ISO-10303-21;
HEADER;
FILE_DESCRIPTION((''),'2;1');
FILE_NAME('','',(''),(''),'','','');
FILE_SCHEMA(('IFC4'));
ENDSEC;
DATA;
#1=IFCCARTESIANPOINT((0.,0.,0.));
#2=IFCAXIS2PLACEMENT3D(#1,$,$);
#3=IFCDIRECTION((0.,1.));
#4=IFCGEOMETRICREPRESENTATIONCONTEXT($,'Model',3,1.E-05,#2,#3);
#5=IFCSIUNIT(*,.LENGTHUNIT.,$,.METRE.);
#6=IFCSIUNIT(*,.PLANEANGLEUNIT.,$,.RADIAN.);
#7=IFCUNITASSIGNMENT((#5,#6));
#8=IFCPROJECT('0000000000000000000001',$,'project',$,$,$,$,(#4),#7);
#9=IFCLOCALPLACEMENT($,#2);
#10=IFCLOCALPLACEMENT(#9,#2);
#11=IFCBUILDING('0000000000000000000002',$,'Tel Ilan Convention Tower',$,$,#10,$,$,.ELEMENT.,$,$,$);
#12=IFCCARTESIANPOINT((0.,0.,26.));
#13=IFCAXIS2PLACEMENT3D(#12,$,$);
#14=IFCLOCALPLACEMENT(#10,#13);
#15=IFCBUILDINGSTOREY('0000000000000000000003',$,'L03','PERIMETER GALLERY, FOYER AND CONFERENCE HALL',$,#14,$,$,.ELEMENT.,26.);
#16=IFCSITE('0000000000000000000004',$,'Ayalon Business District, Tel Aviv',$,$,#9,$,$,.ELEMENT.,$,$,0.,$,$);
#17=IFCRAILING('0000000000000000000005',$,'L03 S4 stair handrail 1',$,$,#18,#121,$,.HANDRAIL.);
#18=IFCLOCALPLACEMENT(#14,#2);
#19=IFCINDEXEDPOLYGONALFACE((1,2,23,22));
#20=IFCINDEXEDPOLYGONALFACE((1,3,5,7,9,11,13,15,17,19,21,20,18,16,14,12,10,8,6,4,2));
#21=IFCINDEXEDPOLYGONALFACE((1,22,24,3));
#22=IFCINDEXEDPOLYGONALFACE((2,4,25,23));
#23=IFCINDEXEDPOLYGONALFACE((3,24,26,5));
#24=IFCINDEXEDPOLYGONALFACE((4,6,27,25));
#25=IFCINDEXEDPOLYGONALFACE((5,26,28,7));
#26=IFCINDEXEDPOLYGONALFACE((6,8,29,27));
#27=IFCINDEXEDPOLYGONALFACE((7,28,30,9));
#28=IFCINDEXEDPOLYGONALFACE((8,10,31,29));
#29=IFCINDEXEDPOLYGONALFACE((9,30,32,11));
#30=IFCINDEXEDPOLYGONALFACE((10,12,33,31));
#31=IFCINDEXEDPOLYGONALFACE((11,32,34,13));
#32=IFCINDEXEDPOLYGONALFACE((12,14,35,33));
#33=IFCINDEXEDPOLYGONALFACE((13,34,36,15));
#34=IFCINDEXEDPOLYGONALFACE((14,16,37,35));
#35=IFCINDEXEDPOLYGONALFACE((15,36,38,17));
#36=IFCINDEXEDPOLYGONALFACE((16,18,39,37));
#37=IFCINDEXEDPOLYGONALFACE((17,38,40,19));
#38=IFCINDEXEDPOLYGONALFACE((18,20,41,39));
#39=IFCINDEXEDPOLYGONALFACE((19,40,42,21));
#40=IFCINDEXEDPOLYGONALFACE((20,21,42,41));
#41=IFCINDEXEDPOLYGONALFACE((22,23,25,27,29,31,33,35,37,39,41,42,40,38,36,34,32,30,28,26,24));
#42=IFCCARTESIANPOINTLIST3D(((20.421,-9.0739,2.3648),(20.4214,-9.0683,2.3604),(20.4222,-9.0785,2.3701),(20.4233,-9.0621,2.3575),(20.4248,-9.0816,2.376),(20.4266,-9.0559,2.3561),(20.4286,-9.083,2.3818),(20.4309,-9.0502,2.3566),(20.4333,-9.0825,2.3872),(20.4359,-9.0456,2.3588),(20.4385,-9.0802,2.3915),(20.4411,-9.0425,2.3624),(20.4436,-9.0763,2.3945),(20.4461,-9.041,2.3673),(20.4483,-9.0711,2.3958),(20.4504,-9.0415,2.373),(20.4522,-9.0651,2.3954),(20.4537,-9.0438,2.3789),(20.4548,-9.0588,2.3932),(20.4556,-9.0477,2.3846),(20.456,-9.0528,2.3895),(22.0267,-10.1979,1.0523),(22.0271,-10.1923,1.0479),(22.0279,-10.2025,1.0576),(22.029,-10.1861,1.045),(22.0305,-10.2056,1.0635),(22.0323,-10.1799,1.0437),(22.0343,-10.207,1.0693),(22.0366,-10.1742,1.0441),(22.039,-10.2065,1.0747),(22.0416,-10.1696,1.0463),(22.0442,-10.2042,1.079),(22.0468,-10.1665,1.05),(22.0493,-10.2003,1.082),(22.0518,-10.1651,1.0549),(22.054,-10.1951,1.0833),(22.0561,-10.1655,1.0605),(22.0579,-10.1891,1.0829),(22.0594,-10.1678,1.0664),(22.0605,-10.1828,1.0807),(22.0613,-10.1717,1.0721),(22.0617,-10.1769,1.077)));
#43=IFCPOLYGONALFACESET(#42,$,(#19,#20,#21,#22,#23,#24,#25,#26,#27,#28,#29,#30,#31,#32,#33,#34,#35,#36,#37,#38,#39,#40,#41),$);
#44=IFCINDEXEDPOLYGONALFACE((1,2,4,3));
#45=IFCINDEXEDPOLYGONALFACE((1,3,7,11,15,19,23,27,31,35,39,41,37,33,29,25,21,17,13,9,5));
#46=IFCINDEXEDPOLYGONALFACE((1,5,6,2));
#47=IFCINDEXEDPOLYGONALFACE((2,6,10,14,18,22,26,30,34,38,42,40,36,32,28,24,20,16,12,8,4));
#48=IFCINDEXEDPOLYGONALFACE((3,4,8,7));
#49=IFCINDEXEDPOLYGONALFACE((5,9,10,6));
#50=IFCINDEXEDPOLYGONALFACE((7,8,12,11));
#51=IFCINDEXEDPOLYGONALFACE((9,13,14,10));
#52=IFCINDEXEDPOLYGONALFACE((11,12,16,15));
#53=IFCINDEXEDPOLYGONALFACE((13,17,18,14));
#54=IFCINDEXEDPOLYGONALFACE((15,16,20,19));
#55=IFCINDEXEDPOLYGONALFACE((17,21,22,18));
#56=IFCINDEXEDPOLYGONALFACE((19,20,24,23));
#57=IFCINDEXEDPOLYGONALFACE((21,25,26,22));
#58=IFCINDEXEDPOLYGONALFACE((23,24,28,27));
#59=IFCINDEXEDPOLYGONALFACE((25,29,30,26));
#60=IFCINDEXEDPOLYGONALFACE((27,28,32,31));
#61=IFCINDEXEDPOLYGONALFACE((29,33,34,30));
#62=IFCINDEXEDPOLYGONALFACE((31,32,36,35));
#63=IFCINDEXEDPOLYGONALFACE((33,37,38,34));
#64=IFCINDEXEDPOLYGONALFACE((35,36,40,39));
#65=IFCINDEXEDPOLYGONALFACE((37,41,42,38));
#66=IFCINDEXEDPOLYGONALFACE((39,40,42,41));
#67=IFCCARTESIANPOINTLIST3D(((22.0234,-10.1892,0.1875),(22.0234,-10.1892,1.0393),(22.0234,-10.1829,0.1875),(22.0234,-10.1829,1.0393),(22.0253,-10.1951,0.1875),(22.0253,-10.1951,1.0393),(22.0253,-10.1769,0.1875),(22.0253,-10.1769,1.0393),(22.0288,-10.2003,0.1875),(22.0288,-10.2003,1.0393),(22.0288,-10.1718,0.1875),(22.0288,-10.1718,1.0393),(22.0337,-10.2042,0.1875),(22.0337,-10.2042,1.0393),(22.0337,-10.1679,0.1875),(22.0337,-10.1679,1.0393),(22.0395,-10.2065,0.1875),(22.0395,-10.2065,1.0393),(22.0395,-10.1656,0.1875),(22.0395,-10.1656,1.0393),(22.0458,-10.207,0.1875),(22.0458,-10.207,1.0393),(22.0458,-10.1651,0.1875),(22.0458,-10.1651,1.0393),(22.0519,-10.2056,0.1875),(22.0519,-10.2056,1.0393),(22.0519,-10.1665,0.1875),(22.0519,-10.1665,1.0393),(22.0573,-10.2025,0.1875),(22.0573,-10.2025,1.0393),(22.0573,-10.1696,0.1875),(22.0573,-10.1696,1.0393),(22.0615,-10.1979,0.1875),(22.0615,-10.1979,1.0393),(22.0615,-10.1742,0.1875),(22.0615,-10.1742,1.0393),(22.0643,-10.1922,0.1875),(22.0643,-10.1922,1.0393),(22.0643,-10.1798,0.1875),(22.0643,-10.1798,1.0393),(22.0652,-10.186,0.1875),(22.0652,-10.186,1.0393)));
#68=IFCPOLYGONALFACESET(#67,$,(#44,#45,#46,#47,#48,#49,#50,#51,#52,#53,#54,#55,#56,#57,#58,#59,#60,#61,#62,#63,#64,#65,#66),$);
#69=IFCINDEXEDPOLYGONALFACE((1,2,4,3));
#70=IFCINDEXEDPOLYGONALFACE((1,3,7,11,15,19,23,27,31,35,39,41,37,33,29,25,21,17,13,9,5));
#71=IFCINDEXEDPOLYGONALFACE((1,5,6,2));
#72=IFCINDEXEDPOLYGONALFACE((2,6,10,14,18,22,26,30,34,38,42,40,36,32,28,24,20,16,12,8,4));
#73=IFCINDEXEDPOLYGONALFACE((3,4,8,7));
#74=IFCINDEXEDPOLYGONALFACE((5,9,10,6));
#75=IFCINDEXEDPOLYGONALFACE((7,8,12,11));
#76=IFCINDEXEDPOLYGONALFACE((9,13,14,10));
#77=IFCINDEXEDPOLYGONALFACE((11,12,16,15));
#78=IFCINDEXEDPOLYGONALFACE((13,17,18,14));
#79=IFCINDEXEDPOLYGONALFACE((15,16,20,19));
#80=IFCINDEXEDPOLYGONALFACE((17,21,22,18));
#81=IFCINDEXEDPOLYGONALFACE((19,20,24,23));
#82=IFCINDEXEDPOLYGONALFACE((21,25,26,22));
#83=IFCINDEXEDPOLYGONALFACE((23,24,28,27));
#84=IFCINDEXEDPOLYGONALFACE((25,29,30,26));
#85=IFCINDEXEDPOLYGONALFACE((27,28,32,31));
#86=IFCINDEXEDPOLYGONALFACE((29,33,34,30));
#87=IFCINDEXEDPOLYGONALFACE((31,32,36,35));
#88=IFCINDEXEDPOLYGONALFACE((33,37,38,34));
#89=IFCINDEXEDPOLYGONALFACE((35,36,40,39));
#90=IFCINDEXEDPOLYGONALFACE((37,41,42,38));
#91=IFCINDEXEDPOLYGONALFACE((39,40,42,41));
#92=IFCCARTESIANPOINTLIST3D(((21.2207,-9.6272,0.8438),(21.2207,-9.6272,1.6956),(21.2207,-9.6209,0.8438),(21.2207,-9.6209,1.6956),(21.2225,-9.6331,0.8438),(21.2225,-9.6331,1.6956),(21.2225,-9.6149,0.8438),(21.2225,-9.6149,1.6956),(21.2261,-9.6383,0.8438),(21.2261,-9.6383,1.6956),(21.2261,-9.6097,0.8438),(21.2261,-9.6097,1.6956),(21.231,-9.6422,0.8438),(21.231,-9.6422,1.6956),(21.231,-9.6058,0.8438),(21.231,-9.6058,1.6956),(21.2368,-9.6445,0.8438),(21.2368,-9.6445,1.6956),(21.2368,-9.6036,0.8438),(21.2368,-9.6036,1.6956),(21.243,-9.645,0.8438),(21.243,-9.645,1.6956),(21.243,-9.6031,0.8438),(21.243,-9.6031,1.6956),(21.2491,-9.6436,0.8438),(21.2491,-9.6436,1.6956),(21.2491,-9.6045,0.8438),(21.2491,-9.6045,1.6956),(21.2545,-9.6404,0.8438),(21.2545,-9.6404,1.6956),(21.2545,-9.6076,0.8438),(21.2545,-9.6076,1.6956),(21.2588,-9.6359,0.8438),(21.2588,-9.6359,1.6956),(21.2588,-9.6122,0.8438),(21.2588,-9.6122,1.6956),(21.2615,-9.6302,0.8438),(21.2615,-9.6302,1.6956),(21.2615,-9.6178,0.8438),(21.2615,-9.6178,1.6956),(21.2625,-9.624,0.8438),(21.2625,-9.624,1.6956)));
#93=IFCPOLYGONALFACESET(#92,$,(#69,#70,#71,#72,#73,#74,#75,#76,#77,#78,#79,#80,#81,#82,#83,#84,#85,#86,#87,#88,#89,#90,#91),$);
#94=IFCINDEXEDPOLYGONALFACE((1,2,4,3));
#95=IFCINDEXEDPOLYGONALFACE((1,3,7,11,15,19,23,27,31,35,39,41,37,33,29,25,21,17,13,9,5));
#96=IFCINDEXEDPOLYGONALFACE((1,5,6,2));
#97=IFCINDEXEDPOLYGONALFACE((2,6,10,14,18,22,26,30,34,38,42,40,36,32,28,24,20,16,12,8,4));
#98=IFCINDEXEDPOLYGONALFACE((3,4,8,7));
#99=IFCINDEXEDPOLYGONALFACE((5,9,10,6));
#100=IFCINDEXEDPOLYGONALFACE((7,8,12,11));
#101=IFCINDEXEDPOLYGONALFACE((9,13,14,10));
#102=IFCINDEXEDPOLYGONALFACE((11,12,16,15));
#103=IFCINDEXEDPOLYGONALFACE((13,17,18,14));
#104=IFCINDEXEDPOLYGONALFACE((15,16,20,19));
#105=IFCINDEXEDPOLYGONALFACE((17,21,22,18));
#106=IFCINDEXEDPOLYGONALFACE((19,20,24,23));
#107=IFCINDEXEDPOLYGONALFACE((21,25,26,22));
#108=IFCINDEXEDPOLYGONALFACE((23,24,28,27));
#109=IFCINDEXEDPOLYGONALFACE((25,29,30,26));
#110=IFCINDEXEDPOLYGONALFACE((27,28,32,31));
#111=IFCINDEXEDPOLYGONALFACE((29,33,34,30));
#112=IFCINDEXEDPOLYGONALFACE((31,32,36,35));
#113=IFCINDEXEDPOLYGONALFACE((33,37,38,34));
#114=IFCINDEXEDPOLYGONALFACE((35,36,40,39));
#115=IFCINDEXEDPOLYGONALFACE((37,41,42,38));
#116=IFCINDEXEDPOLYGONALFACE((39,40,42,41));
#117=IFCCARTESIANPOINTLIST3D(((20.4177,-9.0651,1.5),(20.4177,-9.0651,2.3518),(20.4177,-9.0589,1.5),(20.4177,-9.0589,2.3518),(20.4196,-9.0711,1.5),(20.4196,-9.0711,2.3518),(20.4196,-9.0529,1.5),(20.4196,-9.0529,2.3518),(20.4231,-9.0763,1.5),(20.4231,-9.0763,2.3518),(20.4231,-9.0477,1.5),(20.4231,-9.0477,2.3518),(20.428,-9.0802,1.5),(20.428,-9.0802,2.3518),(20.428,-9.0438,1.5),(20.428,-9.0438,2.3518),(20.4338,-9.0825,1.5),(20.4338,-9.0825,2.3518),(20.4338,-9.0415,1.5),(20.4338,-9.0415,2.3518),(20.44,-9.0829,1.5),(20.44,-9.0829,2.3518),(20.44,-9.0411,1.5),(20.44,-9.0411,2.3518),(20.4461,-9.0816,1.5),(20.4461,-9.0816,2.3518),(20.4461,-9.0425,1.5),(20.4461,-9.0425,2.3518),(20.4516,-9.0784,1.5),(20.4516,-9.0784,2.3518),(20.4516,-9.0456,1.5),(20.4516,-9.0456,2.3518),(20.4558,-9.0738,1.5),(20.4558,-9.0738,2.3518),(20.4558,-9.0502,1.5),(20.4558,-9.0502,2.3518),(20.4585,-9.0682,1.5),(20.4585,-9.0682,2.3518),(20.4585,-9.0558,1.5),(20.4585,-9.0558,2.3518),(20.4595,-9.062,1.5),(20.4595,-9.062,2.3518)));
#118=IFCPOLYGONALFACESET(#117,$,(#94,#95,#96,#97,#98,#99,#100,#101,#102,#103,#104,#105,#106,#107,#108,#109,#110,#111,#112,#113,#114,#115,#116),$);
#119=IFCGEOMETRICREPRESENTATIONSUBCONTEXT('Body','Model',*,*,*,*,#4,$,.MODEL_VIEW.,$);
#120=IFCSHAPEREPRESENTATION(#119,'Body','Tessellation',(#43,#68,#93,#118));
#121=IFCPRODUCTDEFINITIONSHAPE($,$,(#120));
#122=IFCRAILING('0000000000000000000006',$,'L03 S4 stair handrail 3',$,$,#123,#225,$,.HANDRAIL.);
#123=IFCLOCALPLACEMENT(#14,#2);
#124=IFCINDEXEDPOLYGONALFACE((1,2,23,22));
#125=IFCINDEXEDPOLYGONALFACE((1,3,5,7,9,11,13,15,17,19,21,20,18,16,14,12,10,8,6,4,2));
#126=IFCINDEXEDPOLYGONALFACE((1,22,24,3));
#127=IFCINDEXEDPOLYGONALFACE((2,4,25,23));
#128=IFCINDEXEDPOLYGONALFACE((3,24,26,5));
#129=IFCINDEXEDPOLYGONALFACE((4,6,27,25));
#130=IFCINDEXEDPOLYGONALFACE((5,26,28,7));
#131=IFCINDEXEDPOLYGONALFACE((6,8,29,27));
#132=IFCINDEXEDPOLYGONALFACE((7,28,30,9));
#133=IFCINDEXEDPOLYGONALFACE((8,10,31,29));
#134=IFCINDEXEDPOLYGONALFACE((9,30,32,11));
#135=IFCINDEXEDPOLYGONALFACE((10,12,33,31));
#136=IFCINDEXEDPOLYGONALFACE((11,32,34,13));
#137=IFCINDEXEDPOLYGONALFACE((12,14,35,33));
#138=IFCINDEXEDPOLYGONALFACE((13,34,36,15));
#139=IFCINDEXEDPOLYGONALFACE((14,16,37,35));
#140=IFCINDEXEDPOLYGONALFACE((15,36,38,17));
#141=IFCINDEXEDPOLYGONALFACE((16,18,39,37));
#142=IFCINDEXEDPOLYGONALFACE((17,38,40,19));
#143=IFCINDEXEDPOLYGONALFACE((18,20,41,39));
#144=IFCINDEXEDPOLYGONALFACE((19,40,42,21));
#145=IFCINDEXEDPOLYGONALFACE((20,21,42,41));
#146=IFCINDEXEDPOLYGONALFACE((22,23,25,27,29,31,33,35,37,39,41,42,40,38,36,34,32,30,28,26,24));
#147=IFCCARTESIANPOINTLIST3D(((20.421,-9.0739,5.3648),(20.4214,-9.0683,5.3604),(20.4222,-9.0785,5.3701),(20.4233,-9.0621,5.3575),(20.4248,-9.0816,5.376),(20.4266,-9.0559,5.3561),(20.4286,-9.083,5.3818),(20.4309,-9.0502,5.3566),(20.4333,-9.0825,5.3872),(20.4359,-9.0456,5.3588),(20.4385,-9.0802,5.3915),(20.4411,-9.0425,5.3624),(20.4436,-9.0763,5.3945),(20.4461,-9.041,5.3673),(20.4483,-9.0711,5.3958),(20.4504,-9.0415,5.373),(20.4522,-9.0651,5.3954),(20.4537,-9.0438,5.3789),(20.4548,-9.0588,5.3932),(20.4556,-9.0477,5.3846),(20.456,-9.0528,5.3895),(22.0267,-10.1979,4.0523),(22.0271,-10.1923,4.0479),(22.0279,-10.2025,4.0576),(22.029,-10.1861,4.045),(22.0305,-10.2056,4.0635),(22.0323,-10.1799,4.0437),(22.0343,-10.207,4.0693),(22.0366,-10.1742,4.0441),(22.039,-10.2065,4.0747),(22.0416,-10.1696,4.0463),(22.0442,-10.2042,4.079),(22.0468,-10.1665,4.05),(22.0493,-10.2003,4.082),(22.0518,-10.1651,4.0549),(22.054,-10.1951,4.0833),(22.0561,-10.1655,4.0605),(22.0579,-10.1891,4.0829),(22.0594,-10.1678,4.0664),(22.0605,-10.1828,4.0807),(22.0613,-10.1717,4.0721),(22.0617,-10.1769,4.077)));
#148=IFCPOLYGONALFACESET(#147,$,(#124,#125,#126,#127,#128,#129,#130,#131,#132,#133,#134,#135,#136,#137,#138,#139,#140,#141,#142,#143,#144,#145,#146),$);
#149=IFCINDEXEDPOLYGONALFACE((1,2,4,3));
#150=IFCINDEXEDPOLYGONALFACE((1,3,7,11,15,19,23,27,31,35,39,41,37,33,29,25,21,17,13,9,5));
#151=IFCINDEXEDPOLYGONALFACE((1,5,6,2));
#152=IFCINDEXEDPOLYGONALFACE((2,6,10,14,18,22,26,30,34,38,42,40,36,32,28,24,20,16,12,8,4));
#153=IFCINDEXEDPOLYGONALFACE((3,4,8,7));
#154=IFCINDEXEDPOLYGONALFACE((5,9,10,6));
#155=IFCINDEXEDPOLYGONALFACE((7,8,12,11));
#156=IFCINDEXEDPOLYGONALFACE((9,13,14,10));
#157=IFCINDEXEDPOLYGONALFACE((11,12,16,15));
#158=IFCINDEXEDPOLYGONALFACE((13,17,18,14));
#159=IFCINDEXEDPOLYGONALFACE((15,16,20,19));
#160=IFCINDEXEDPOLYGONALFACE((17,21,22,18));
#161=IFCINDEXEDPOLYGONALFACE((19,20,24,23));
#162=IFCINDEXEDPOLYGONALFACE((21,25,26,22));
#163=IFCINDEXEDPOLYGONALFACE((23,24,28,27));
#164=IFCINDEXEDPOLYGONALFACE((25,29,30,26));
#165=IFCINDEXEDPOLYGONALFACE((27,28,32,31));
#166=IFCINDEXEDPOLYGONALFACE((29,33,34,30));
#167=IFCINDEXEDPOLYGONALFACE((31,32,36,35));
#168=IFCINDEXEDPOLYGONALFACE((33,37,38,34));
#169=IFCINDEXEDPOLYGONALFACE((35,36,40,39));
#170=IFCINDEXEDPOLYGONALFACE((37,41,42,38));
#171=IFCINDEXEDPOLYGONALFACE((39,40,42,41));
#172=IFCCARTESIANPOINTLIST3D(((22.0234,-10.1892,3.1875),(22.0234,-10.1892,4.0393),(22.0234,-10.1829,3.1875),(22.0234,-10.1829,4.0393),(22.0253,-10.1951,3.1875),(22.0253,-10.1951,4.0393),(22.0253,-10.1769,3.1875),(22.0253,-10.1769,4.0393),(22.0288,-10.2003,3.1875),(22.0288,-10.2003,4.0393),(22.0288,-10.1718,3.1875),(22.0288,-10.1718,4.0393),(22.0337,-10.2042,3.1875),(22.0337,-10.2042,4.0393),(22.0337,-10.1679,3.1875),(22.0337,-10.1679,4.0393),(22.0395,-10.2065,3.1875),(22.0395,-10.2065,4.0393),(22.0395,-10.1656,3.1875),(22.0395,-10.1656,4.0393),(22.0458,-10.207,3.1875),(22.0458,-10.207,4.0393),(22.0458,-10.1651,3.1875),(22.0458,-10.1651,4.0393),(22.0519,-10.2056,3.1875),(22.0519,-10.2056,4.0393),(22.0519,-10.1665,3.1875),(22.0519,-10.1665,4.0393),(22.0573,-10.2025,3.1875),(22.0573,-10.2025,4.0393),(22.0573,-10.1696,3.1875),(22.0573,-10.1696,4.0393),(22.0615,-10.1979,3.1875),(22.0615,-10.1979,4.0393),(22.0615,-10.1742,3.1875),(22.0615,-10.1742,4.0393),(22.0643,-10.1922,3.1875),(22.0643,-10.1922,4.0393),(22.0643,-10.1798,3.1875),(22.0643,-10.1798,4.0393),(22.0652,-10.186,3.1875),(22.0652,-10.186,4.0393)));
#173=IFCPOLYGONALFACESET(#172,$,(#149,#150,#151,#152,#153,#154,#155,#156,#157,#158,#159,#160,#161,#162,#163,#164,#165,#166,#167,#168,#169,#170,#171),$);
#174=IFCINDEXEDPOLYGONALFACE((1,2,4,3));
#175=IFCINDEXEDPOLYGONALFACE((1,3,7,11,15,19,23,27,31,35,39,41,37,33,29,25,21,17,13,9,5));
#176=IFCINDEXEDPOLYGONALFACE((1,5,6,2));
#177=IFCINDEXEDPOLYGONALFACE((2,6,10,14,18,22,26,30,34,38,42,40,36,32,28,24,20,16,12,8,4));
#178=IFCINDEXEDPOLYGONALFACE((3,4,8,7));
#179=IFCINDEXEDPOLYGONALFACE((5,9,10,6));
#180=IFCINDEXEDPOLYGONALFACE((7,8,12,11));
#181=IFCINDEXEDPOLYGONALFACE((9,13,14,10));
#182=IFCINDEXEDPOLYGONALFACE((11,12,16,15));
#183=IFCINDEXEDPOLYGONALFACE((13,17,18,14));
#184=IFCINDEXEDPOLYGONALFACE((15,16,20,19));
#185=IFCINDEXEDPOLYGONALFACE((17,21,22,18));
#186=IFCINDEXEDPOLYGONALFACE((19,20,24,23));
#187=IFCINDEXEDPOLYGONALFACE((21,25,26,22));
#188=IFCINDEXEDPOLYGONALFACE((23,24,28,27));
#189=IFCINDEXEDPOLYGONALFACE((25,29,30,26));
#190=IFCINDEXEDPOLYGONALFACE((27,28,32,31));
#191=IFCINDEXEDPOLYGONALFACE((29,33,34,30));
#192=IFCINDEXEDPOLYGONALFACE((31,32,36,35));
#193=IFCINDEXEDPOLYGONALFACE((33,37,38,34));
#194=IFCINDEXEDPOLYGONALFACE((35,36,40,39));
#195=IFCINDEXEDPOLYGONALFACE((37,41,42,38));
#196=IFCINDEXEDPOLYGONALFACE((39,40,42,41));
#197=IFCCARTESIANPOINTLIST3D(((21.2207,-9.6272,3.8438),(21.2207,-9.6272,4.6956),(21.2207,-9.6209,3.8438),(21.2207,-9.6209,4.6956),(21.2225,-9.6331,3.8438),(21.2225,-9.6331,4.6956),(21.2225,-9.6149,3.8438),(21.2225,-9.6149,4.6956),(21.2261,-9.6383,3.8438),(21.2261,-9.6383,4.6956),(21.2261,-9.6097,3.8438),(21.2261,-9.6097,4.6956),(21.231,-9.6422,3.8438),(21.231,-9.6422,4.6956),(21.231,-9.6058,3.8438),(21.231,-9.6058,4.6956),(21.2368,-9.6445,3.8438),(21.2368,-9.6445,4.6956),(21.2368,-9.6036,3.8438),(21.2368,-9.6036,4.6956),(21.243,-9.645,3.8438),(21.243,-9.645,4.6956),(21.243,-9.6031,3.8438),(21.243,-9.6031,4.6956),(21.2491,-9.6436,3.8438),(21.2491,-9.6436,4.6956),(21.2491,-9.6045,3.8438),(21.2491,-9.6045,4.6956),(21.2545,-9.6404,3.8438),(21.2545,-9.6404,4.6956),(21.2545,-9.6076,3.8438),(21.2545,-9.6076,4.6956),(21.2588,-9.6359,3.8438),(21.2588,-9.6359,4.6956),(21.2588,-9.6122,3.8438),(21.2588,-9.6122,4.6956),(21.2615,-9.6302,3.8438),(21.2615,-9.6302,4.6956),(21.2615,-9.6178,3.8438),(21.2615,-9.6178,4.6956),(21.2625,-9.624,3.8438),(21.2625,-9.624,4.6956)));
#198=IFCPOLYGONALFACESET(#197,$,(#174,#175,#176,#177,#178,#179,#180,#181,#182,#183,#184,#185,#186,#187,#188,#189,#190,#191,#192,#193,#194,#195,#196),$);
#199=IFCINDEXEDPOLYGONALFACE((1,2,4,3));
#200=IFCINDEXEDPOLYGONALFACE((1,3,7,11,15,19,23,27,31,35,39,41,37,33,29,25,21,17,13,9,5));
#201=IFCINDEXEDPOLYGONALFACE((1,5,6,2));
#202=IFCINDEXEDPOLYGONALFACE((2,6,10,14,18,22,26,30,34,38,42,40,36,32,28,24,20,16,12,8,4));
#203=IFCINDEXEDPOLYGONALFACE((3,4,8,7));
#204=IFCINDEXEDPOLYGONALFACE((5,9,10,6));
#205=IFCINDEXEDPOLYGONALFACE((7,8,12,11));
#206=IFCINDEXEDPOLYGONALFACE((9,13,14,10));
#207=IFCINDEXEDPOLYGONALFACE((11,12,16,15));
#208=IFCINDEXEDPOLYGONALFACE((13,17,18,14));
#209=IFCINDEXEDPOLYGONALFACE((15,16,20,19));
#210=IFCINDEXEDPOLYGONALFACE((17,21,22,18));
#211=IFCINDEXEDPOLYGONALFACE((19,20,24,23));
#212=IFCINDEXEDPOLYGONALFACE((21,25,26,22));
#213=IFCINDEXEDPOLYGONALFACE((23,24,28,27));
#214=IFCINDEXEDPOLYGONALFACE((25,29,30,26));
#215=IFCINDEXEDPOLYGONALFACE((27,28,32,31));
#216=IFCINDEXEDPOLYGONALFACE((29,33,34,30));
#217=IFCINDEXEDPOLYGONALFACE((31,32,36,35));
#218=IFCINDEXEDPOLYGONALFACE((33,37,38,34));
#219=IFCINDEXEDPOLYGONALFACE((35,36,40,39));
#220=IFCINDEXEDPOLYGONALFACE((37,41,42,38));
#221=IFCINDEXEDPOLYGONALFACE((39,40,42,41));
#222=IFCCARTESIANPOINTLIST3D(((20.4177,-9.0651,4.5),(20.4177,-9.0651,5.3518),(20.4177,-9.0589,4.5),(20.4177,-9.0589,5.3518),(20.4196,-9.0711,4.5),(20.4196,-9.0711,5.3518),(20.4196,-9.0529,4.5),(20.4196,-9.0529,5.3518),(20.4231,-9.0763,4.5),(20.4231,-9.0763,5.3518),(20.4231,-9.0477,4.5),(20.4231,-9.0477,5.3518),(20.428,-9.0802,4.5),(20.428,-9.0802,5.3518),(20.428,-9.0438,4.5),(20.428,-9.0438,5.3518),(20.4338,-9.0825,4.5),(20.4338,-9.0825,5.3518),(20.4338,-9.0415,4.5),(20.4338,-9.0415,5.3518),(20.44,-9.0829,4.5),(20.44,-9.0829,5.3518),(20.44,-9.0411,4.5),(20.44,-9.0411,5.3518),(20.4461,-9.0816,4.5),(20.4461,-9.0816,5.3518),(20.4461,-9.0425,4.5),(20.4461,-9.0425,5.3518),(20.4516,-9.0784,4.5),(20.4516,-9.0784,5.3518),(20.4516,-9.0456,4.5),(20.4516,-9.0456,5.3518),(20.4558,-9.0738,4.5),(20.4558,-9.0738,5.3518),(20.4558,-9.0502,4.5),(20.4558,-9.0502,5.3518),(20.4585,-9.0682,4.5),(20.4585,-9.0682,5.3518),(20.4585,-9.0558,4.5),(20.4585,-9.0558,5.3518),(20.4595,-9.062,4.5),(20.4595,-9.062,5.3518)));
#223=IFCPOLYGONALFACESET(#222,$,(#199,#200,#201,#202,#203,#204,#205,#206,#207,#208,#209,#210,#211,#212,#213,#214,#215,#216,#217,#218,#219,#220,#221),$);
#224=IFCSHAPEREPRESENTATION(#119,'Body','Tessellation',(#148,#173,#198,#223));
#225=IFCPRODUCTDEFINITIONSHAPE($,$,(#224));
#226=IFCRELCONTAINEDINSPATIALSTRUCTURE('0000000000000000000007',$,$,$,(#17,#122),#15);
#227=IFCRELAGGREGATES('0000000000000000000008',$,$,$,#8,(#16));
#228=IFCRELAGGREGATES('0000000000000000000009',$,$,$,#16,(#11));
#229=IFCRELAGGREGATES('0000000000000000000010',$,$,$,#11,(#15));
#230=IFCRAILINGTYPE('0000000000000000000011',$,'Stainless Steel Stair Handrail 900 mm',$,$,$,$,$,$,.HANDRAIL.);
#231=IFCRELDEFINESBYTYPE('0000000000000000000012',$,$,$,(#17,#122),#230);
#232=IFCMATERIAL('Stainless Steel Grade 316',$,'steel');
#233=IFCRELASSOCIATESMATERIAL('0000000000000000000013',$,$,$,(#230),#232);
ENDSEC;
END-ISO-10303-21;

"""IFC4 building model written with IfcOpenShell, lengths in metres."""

from ifc_helpers import new_model, si_unit, direction, frame, origin, origin_2d, place, context, subcontext, project, spatial, circle, extrude, material, type_object, element, save


model = new_model("IFC4")

# Units and contexts
model_context = context("Model", 3, precision=1e-05, world=origin(), true_north=direction((0.0, 1.0)))
body_context = subcontext(model_context, "Body", "Model", "MODEL_VIEW")
ifc_project = project(units=[si_unit("LENGTHUNIT", "METRE"), si_unit("PLANEANGLEUNIT", "RADIAN")], contexts=[model_context])

# Site, building, storey
site_placement = place(None, origin())
site = spatial("IfcSite", under=ifc_project, at=site_placement, Name="Ayalon Business District, Tel Aviv", CompositionType="ELEMENT", RefElevation=0.0)
building_placement = place(site_placement, origin())
building = spatial("IfcBuilding", under=site, at=building_placement, Name="Tel Ilan Convention Tower", CompositionType="ELEMENT")
storey_placement = place(building_placement, frame((0.0, 0.0, 26.0)))
storey = spatial("IfcBuildingStorey", under=building, at=storey_placement, Name="L03", Description="PERIMETER GALLERY, FOYER AND CONFERENCE HALL", CompositionType="ELEMENT", Elevation=26.0)

# Railings
ifc_material_1 = material(Name="Stainless Steel Grade 316", Category="steel")
railing_type_1 = type_object("IfcRailingType", Name="Stainless Steel Stair Handrail 900 mm", PredefinedType="HANDRAIL", material=ifc_material_1)
for number, where, name in (
    (1, (22.0442, -10.186, 0.1875), "L03 S4 stair handrail 1"),
    (2, (22.0442, -10.186, 3.1875), "L03 S4 stair handrail 3"),
):
    element("IfcRailing", number, at=place(storey_placement, frame(where)), inside=storey, type_object=railing_type_1, Name=name, PredefinedType="HANDRAIL", context=body_context, shape_type="SweptSolid", body=[
        extrude(circle(Radius=0.0239, at=origin_2d()), frame((0.0, 0.0, 0.876), z_axis=(-0.680705, 0.476504, 0.556404), x_axis=(-0.573471, -0.819226, 0.0)), (0.0, 0.0, 1.0), 2.3589),
        extrude(circle(Radius=0.021, at=origin_2d()), origin(), (0.0, 0.0, 1.0), 0.8518),
        extrude(circle(Radius=0.021, at=origin_2d()), frame((-0.8027, 0.562, 0.6562)), (0.0, 0.0, 1.0), 0.8518),
        extrude(circle(Radius=0.021, at=origin_2d()), frame((-1.6057, 1.124, 1.3125)), (0.0, 0.0, 1.0), 0.8518),
    ])

save(model, "model.ifc")
